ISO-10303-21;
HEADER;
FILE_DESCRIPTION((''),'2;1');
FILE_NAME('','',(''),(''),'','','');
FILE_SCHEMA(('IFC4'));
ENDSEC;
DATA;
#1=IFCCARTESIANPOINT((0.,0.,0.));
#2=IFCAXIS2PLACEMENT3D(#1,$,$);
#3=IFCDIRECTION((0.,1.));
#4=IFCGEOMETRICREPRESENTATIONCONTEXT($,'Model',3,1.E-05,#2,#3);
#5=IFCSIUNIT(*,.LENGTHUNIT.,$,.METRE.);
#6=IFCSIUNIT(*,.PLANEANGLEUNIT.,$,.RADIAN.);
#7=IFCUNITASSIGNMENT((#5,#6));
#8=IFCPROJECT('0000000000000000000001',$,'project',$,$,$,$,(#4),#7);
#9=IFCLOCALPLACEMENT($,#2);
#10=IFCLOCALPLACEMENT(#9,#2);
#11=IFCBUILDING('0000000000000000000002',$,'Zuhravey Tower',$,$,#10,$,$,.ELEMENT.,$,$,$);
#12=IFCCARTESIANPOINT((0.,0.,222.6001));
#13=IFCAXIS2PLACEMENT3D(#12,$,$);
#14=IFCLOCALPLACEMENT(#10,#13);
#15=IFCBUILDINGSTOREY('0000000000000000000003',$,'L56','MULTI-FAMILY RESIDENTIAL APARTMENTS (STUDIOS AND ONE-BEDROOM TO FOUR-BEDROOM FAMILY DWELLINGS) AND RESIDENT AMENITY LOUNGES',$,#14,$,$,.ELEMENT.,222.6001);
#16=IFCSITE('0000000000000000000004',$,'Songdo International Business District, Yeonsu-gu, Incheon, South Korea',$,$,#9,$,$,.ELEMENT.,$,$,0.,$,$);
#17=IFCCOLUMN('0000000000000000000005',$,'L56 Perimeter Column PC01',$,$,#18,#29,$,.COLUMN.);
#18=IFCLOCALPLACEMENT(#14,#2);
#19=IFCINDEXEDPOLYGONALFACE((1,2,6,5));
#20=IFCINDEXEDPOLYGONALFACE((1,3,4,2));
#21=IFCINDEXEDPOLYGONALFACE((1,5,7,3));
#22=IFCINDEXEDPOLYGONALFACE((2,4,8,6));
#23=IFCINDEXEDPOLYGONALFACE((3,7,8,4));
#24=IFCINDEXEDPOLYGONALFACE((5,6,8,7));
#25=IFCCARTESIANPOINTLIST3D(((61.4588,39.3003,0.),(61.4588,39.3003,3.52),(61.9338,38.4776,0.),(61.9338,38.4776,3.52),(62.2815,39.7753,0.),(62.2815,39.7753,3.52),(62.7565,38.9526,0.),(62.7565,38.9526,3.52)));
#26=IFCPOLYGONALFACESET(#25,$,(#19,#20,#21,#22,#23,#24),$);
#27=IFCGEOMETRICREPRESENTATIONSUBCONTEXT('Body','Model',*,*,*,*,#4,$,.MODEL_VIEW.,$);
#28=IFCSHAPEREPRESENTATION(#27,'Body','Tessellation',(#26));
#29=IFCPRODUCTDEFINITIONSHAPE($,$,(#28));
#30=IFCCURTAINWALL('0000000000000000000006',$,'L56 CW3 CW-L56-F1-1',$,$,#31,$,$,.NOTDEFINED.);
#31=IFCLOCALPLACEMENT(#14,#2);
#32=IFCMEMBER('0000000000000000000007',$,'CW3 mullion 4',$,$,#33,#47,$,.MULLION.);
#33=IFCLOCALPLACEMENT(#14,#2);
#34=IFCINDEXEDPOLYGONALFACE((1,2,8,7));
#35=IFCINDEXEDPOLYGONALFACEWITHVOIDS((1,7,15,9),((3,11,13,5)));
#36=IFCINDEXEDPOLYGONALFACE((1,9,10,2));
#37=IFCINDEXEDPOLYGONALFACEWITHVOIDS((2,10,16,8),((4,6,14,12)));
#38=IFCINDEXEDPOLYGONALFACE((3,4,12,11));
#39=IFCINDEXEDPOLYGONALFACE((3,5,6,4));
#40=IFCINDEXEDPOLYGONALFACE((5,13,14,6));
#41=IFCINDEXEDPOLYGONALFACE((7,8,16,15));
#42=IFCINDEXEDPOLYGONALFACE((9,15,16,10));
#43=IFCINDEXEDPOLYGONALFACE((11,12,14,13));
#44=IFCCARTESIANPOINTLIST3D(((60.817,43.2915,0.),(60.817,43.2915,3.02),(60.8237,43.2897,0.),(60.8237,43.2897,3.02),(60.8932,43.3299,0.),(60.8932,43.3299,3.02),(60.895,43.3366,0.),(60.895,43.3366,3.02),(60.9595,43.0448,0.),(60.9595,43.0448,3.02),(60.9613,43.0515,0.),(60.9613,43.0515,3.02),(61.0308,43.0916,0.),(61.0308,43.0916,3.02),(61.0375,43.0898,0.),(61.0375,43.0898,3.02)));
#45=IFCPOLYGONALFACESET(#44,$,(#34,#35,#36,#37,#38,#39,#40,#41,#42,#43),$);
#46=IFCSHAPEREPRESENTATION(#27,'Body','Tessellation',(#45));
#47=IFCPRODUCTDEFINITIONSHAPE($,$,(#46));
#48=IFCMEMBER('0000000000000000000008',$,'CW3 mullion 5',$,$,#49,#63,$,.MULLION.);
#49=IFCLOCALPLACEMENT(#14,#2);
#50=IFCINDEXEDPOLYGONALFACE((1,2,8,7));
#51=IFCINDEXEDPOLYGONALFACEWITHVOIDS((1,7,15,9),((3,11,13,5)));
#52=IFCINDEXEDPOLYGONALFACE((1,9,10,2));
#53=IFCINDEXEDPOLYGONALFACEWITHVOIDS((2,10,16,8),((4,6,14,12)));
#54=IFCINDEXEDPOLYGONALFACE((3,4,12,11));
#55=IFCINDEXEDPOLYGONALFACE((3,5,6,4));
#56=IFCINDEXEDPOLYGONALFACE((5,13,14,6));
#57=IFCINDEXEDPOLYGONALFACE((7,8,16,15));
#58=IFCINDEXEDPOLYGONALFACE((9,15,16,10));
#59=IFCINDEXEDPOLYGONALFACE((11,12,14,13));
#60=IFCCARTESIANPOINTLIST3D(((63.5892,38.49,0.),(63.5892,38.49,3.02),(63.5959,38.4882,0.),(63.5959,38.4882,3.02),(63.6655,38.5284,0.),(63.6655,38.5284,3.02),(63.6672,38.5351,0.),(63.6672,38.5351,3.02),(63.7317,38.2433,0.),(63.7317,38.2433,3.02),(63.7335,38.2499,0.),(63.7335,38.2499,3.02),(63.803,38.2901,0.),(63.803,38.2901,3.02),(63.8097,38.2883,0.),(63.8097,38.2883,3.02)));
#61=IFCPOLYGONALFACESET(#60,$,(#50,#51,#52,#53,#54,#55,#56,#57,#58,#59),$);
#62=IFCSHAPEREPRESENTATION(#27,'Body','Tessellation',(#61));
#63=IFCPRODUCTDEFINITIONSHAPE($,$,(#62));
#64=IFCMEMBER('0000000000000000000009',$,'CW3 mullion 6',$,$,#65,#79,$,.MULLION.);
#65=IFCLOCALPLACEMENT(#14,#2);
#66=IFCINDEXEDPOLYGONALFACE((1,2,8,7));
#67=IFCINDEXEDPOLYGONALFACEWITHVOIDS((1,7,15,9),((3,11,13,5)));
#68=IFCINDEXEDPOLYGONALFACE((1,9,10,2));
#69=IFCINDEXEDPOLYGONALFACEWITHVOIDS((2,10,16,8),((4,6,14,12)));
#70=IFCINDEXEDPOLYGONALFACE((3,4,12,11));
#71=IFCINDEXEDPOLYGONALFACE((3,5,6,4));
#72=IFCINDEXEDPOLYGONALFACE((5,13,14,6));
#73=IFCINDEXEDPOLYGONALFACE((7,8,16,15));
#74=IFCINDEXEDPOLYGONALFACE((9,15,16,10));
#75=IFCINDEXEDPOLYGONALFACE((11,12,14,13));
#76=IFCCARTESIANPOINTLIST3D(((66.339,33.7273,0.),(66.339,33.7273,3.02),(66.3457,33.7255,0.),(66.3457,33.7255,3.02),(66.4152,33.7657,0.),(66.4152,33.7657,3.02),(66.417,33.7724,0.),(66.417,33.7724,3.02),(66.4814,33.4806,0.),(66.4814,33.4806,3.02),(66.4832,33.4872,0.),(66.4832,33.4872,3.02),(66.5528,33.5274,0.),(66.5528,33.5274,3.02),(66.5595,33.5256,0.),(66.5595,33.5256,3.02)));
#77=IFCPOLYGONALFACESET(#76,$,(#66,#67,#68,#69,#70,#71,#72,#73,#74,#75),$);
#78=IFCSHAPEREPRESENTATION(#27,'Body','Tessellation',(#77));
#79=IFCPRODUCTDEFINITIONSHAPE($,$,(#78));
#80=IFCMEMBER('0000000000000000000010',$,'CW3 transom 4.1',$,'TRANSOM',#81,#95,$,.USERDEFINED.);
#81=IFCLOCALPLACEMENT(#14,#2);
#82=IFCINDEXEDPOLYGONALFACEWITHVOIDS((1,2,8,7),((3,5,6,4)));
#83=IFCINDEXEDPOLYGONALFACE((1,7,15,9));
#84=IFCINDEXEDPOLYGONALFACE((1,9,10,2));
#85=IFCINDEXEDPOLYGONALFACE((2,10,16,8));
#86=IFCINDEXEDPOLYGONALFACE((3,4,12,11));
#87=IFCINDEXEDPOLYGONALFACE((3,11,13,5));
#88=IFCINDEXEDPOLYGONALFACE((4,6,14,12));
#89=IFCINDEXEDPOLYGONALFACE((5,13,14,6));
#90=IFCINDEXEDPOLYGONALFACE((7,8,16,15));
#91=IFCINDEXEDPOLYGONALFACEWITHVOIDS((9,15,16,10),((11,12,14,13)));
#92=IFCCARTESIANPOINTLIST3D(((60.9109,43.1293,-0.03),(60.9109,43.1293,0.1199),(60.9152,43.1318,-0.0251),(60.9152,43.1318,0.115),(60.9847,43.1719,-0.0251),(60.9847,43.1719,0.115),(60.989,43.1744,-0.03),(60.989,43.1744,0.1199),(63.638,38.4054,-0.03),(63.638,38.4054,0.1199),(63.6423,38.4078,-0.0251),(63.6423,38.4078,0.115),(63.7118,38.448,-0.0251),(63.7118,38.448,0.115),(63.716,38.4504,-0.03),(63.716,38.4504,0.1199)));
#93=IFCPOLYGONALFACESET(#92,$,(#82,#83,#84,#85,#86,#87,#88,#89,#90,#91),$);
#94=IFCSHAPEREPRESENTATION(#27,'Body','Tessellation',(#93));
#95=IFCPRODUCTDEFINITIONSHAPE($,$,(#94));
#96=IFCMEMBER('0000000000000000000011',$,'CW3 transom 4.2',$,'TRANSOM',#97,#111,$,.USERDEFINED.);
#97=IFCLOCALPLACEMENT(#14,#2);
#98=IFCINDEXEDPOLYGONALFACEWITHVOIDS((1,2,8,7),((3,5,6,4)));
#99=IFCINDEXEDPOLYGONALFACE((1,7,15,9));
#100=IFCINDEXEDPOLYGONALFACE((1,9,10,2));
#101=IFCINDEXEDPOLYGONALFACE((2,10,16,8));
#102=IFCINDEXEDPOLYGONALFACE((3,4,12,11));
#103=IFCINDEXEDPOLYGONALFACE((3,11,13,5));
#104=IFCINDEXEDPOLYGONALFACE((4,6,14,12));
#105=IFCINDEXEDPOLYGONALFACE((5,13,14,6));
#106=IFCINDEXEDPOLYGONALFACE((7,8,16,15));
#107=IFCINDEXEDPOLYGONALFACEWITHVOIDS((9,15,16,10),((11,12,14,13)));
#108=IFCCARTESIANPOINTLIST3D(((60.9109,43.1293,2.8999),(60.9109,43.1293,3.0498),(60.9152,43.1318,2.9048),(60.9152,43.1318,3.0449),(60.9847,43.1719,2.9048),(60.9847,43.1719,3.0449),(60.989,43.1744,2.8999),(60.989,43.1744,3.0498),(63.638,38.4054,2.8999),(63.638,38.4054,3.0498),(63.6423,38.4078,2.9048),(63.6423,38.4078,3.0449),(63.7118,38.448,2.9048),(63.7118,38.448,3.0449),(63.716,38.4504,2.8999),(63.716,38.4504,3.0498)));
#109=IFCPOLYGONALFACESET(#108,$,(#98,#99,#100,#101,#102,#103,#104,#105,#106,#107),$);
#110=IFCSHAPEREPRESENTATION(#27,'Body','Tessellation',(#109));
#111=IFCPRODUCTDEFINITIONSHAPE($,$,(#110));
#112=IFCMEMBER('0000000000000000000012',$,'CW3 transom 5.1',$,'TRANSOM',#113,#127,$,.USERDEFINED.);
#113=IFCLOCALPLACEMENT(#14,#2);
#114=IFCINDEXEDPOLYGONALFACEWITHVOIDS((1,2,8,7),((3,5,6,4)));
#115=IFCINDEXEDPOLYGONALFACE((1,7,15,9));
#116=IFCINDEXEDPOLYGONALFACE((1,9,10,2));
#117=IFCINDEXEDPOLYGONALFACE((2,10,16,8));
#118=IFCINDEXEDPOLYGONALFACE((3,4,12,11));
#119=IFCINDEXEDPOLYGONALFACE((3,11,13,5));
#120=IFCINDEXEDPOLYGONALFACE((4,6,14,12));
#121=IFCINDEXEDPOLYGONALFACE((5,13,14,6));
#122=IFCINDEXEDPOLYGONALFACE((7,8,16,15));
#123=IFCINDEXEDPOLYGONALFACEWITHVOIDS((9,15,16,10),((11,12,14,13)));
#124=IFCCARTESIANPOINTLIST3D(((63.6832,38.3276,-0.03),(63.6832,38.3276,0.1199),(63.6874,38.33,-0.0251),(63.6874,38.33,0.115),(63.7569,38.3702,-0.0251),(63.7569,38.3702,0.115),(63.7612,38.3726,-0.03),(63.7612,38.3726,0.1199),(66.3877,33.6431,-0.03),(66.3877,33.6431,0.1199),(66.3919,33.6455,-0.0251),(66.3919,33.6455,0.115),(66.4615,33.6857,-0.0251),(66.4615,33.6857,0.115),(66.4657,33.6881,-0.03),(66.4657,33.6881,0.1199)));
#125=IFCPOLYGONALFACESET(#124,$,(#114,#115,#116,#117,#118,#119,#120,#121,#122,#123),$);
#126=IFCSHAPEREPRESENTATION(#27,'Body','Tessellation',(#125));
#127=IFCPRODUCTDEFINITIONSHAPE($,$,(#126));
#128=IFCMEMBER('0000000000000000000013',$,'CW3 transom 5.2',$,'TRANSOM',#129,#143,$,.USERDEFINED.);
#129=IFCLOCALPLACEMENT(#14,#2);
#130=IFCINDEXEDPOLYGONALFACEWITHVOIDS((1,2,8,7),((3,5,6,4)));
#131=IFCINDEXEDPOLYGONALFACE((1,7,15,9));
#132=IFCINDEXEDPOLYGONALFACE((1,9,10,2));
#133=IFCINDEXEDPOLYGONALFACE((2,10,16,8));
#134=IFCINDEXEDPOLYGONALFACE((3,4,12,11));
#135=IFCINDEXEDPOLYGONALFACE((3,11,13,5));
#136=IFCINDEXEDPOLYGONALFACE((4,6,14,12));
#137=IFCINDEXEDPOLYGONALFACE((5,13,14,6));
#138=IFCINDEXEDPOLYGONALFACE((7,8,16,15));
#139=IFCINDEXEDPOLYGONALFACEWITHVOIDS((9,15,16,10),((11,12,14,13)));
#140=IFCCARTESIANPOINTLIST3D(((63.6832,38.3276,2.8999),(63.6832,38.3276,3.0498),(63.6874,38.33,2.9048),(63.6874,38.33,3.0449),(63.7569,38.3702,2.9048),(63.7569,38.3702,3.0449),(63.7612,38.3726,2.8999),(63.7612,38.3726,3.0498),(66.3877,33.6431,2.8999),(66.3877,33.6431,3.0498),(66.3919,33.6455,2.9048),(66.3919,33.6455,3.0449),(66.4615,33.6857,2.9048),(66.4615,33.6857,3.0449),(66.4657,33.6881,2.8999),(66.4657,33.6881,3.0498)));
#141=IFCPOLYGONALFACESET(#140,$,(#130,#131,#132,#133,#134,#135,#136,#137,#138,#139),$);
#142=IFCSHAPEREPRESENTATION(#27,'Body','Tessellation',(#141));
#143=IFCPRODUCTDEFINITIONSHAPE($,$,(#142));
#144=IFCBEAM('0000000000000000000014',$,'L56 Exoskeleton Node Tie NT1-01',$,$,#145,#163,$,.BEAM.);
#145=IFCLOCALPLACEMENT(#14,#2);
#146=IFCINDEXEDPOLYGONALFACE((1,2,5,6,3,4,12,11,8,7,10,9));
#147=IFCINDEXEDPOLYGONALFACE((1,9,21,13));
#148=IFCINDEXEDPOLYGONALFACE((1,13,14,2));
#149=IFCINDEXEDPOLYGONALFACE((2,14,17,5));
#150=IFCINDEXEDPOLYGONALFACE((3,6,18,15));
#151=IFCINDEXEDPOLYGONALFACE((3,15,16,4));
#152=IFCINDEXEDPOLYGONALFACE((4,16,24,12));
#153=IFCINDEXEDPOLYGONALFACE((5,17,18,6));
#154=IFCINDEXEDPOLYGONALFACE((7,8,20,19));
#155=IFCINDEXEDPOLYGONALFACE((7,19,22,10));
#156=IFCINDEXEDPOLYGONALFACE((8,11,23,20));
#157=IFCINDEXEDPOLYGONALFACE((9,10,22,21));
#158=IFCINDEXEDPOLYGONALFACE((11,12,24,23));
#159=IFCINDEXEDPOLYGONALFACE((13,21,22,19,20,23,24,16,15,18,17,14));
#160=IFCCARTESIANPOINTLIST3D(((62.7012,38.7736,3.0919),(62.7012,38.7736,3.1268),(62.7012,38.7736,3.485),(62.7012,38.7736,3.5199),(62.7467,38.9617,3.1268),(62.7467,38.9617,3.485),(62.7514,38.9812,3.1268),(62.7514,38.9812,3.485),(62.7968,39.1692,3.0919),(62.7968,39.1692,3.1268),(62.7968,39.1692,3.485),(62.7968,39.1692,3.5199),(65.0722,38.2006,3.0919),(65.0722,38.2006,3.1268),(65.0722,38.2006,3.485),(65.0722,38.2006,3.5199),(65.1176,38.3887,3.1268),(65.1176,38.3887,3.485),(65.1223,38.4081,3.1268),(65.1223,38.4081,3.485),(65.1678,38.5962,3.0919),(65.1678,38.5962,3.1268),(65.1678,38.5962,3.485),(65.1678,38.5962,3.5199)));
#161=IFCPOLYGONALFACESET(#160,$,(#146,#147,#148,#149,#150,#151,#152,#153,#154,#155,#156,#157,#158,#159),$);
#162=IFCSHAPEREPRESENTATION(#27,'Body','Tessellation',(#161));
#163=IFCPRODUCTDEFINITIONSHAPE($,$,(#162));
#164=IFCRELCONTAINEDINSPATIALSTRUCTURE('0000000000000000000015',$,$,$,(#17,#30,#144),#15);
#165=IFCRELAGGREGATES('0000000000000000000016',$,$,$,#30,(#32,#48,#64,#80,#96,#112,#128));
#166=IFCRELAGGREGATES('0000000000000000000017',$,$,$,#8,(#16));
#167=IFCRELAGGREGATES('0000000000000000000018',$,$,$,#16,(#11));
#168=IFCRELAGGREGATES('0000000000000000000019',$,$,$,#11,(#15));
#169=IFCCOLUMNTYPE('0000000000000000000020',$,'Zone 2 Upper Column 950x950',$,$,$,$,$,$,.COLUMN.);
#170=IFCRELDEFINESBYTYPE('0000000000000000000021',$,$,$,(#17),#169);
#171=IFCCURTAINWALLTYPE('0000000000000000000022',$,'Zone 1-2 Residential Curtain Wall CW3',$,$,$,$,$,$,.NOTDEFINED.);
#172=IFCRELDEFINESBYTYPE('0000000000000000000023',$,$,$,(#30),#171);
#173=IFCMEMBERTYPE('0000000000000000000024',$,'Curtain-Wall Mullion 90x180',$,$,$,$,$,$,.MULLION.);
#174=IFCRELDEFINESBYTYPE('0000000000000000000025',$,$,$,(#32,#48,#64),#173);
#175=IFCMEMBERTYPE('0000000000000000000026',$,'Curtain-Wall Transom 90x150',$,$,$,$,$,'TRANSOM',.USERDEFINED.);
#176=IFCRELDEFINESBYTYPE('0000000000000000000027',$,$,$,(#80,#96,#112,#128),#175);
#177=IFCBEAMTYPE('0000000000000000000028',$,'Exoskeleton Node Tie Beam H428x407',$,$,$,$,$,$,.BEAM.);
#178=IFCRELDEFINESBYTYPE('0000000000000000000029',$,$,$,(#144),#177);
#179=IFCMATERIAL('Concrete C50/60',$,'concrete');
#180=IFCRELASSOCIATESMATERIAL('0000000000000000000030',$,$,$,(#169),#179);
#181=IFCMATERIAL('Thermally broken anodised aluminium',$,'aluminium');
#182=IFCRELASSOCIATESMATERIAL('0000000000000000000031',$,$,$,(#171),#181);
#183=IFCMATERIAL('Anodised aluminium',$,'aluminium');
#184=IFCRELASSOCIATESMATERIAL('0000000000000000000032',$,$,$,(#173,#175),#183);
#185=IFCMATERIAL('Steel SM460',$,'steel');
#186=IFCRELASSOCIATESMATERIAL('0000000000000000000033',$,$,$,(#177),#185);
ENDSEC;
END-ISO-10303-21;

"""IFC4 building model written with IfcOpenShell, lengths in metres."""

from ifc_helpers import new_model, si_unit, direction, frame, origin, origin_2d, place, context, subcontext, project, spatial, rectangle, hollow_rectangle, i_section, extrude, material, material_profile, profile_set, type_object, element, aggregate, save


model = new_model("IFC4")

# Units and contexts
model_context = context("Model", 3, precision=1e-05, world=origin(), true_north=direction((0.0, 1.0)))
body_context = subcontext(model_context, "Body", "Model", "MODEL_VIEW")
ifc_project = project(units=[si_unit("LENGTHUNIT", "METRE"), si_unit("PLANEANGLEUNIT", "RADIAN")], contexts=[model_context])

# Site, building, storey
site_placement = place(None, origin())
site = spatial("IfcSite", under=ifc_project, at=site_placement, Name="Songdo International Business District, Yeonsu-gu, Incheon, South Korea", CompositionType="ELEMENT", RefElevation=0.0)
building_placement = place(site_placement, origin())
building = spatial("IfcBuilding", under=site, at=building_placement, Name="Zuhravey Tower", CompositionType="ELEMENT")
storey_placement = place(building_placement, frame((0.0, 0.0, 222.6001)))
storey = spatial("IfcBuildingStorey", under=building, at=storey_placement, Name="L56", Description="MULTI-FAMILY RESIDENTIAL APARTMENTS (STUDIOS AND ONE-BEDROOM TO FOUR-BEDROOM FAMILY DWELLINGS) AND RESIDENT AMENITY LOUNGES", CompositionType="ELEMENT", Elevation=222.6001)

# Column
ifc_material_1 = material(Name="Concrete C50/60", Category="concrete")
ifc_material_profile_1 = material_profile(ifc_material_1, rectangle(XDim=0.95, YDim=0.95, at=origin_2d()), Name="RC-950x950")
ifc_profile_set_1 = profile_set([ifc_material_profile_1], Name="Concrete C50/60")
column_type = type_object("IfcColumnType", Name="Zone 2 Upper Column 950x950", PredefinedType="COLUMN", material=ifc_profile_set_1)
column_placement = place(storey_placement, frame((62.1077, 39.1265, 0.0), z_axis=(0.0, 0.0, 1.0), x_axis=(-0.5, 0.866025, 0.0)))
element("IfcColumn", 1, at=column_placement, inside=storey, type_object=column_type, Name="L56 Perimeter Column PC01", PredefinedType="COLUMN", context=body_context, shape_type="SweptSolid", body=[
    extrude(rectangle(XDim=0.95, YDim=0.95, at=origin_2d()), origin(), (0.0, 0.0, 1.0), 3.52),
])

# Curtain wall, members
ifc_material_2 = material(Name="Thermally broken anodised aluminium", Category="aluminium")
curtain_wall_type = type_object("IfcCurtainWallType", Name="Zone 1-2 Residential Curtain Wall CW3", PredefinedType="NOTDEFINED", material=ifc_material_2)
curtain_wall_placement = place(storey_placement, origin())
curtain_wall = element("IfcCurtainWall", 2, at=curtain_wall_placement, inside=storey, type_object=curtain_wall_type, Name="L56 CW3 CW-L56-F1-1", PredefinedType="NOTDEFINED")
ifc_material_3 = material(Name="Anodised aluminium", Category="aluminium")
ifc_material_profile_2 = material_profile(ifc_material_3, hollow_rectangle(XDim=0.0901, YDim=0.2849, WallThickness=0.0049, at=origin_2d()), Name="ALU-RHS-90x285x5")
ifc_profile_set_2 = profile_set([ifc_material_profile_2], Name="Anodised aluminium")
member_type_1 = type_object("IfcMemberType", Name="Curtain-Wall Mullion 90x180", PredefinedType="MULLION", material=ifc_profile_set_2)
member_1_placement = place(storey_placement, frame((60.9272, 43.1907, 0.0), z_axis=(0.0, 0.0, 1.0), x_axis=(0.866025, 0.5, 0.0)))
member_1 = element("IfcMember", 3, at=member_1_placement, type_object=member_type_1, Name="CW3 mullion 4", PredefinedType="MULLION", context=body_context, shape_type="SweptSolid", body=[
    extrude(hollow_rectangle(XDim=0.0901, YDim=0.2849, WallThickness=0.0049, at=origin_2d()), origin(), (0.0, 0.0, 1.0), 3.02),
])
member_2_placement = place(storey_placement, frame((63.6995, 38.3892, 0.0), z_axis=(0.0, 0.0, 1.0), x_axis=(0.866025, 0.5, 0.0)))
member_2 = element("IfcMember", 4, at=member_2_placement, type_object=member_type_1, Name="CW3 mullion 5", PredefinedType="MULLION", context=body_context, shape_type="SweptSolid", body=[
    extrude(hollow_rectangle(XDim=0.0901, YDim=0.2849, WallThickness=0.0049, at=origin_2d()), origin(), (0.0, 0.0, 1.0), 3.02),
])
member_3_placement = place(storey_placement, frame((66.4492, 33.6265, 0.0), z_axis=(0.0, 0.0, 1.0), x_axis=(0.866025, 0.5, 0.0)))
member_3 = element("IfcMember", 5, at=member_3_placement, type_object=member_type_1, Name="CW3 mullion 6", PredefinedType="MULLION", context=body_context, shape_type="SweptSolid", body=[
    extrude(hollow_rectangle(XDim=0.0901, YDim=0.2849, WallThickness=0.0049, at=origin_2d()), origin(), (0.0, 0.0, 1.0), 3.02),
])
ifc_material_profile_3 = material_profile(ifc_material_3, hollow_rectangle(XDim=0.0901, YDim=0.1499, WallThickness=0.0049, at=origin_2d()), Name="ALU-RHS-90x150x5")
ifc_profile_set_3 = profile_set([ifc_material_profile_3], Name="Anodised aluminium")
member_type_2 = type_object("IfcMemberType", Name="Curtain-Wall Transom 90x150", ElementType="TRANSOM", PredefinedType="USERDEFINED", material=ifc_profile_set_3)
member_4_placement = place(storey_placement, frame((60.95, 43.1519, 0.0449), z_axis=(0.499961, -0.866048, 0.0), x_axis=(0.866048, 0.499961, 0.0)))
member_4 = element("IfcMember", 6, at=member_4_placement, type_object=member_type_2, Name="CW3 transom 4.1", ObjectType="TRANSOM", PredefinedType="USERDEFINED", context=body_context, shape_type="SweptSolid", body=[
    extrude(hollow_rectangle(XDim=0.0901, YDim=0.1499, WallThickness=0.0049, at=origin_2d()), origin(), (0.0, 0.0, 1.0), 5.4546),
])
member_5_placement = place(storey_placement, frame((60.95, 43.1519, 2.9749), z_axis=(0.499961, -0.866048, 0.0), x_axis=(0.866048, 0.499961, 0.0)))
member_5 = element("IfcMember", 7, at=member_5_placement, type_object=member_type_2, Name="CW3 transom 4.2", ObjectType="TRANSOM", PredefinedType="USERDEFINED", context=body_context, shape_type="SweptSolid", body=[
    extrude(hollow_rectangle(XDim=0.0901, YDim=0.1499, WallThickness=0.0049, at=origin_2d()), origin(), (0.0, 0.0, 1.0), 5.4546),
])
member_6_placement = place(storey_placement, frame((63.7222, 38.3501, 0.0449), z_axis=(0.499993, -0.866029, 0.0), x_axis=(0.866029, 0.499993, 0.0)))
member_6 = element("IfcMember", 8, at=member_6_placement, type_object=member_type_2, Name="CW3 transom 5.1", ObjectType="TRANSOM", PredefinedType="USERDEFINED", context=body_context, shape_type="SweptSolid", body=[
    extrude(hollow_rectangle(XDim=0.0901, YDim=0.1499, WallThickness=0.0049, at=origin_2d()), origin(), (0.0, 0.0, 1.0), 5.4092),
])
member_7_placement = place(storey_placement, frame((63.7222, 38.3501, 2.9749), z_axis=(0.499993, -0.866029, 0.0), x_axis=(0.866029, 0.499993, 0.0)))
member_7 = element("IfcMember", 9, at=member_7_placement, type_object=member_type_2, Name="CW3 transom 5.2", ObjectType="TRANSOM", PredefinedType="USERDEFINED", context=body_context, shape_type="SweptSolid", body=[
    extrude(hollow_rectangle(XDim=0.0901, YDim=0.1499, WallThickness=0.0049, at=origin_2d()), origin(), (0.0, 0.0, 1.0), 5.4092),
])

# Beam
ifc_material_4 = material(Name="Steel SM460", Category="steel")
ifc_material_profile_4 = material_profile(ifc_material_4, i_section(OverallWidth=0.407, OverallDepth=0.428, WebThickness=0.02, FlangeThickness=0.0349, at=origin_2d()), Name="H-428x407x20x35")
ifc_profile_set_4 = profile_set([ifc_material_profile_4], Name="Steel SM460")
beam_type_1 = type_object("IfcBeamType", Name="Exoskeleton Node Tie Beam H428x407", PredefinedType="BEAM", material=ifc_profile_set_4)
beam_1_placement = place(storey_placement, frame((62.749, 38.9714, 3.3059), z_axis=(0.972014, -0.234921, 0.0), x_axis=(0.234921, 0.972014, 0.0)))
element("IfcBeam", 10, at=beam_1_placement, inside=storey, type_object=beam_type_1, Name="L56 Exoskeleton Node Tie NT1-01", PredefinedType="BEAM", context=body_context, shape_type="SweptSolid", body=[
    extrude(i_section(OverallWidth=0.407, OverallDepth=0.428, WebThickness=0.02, FlangeThickness=0.0349, at=origin_2d()), origin(), (0.0, 0.0, 1.0), 2.4392),
])

aggregate(curtain_wall, [member_1, member_2, member_3, member_4, member_5, member_6, member_7])

save(model, "model.ifc")
